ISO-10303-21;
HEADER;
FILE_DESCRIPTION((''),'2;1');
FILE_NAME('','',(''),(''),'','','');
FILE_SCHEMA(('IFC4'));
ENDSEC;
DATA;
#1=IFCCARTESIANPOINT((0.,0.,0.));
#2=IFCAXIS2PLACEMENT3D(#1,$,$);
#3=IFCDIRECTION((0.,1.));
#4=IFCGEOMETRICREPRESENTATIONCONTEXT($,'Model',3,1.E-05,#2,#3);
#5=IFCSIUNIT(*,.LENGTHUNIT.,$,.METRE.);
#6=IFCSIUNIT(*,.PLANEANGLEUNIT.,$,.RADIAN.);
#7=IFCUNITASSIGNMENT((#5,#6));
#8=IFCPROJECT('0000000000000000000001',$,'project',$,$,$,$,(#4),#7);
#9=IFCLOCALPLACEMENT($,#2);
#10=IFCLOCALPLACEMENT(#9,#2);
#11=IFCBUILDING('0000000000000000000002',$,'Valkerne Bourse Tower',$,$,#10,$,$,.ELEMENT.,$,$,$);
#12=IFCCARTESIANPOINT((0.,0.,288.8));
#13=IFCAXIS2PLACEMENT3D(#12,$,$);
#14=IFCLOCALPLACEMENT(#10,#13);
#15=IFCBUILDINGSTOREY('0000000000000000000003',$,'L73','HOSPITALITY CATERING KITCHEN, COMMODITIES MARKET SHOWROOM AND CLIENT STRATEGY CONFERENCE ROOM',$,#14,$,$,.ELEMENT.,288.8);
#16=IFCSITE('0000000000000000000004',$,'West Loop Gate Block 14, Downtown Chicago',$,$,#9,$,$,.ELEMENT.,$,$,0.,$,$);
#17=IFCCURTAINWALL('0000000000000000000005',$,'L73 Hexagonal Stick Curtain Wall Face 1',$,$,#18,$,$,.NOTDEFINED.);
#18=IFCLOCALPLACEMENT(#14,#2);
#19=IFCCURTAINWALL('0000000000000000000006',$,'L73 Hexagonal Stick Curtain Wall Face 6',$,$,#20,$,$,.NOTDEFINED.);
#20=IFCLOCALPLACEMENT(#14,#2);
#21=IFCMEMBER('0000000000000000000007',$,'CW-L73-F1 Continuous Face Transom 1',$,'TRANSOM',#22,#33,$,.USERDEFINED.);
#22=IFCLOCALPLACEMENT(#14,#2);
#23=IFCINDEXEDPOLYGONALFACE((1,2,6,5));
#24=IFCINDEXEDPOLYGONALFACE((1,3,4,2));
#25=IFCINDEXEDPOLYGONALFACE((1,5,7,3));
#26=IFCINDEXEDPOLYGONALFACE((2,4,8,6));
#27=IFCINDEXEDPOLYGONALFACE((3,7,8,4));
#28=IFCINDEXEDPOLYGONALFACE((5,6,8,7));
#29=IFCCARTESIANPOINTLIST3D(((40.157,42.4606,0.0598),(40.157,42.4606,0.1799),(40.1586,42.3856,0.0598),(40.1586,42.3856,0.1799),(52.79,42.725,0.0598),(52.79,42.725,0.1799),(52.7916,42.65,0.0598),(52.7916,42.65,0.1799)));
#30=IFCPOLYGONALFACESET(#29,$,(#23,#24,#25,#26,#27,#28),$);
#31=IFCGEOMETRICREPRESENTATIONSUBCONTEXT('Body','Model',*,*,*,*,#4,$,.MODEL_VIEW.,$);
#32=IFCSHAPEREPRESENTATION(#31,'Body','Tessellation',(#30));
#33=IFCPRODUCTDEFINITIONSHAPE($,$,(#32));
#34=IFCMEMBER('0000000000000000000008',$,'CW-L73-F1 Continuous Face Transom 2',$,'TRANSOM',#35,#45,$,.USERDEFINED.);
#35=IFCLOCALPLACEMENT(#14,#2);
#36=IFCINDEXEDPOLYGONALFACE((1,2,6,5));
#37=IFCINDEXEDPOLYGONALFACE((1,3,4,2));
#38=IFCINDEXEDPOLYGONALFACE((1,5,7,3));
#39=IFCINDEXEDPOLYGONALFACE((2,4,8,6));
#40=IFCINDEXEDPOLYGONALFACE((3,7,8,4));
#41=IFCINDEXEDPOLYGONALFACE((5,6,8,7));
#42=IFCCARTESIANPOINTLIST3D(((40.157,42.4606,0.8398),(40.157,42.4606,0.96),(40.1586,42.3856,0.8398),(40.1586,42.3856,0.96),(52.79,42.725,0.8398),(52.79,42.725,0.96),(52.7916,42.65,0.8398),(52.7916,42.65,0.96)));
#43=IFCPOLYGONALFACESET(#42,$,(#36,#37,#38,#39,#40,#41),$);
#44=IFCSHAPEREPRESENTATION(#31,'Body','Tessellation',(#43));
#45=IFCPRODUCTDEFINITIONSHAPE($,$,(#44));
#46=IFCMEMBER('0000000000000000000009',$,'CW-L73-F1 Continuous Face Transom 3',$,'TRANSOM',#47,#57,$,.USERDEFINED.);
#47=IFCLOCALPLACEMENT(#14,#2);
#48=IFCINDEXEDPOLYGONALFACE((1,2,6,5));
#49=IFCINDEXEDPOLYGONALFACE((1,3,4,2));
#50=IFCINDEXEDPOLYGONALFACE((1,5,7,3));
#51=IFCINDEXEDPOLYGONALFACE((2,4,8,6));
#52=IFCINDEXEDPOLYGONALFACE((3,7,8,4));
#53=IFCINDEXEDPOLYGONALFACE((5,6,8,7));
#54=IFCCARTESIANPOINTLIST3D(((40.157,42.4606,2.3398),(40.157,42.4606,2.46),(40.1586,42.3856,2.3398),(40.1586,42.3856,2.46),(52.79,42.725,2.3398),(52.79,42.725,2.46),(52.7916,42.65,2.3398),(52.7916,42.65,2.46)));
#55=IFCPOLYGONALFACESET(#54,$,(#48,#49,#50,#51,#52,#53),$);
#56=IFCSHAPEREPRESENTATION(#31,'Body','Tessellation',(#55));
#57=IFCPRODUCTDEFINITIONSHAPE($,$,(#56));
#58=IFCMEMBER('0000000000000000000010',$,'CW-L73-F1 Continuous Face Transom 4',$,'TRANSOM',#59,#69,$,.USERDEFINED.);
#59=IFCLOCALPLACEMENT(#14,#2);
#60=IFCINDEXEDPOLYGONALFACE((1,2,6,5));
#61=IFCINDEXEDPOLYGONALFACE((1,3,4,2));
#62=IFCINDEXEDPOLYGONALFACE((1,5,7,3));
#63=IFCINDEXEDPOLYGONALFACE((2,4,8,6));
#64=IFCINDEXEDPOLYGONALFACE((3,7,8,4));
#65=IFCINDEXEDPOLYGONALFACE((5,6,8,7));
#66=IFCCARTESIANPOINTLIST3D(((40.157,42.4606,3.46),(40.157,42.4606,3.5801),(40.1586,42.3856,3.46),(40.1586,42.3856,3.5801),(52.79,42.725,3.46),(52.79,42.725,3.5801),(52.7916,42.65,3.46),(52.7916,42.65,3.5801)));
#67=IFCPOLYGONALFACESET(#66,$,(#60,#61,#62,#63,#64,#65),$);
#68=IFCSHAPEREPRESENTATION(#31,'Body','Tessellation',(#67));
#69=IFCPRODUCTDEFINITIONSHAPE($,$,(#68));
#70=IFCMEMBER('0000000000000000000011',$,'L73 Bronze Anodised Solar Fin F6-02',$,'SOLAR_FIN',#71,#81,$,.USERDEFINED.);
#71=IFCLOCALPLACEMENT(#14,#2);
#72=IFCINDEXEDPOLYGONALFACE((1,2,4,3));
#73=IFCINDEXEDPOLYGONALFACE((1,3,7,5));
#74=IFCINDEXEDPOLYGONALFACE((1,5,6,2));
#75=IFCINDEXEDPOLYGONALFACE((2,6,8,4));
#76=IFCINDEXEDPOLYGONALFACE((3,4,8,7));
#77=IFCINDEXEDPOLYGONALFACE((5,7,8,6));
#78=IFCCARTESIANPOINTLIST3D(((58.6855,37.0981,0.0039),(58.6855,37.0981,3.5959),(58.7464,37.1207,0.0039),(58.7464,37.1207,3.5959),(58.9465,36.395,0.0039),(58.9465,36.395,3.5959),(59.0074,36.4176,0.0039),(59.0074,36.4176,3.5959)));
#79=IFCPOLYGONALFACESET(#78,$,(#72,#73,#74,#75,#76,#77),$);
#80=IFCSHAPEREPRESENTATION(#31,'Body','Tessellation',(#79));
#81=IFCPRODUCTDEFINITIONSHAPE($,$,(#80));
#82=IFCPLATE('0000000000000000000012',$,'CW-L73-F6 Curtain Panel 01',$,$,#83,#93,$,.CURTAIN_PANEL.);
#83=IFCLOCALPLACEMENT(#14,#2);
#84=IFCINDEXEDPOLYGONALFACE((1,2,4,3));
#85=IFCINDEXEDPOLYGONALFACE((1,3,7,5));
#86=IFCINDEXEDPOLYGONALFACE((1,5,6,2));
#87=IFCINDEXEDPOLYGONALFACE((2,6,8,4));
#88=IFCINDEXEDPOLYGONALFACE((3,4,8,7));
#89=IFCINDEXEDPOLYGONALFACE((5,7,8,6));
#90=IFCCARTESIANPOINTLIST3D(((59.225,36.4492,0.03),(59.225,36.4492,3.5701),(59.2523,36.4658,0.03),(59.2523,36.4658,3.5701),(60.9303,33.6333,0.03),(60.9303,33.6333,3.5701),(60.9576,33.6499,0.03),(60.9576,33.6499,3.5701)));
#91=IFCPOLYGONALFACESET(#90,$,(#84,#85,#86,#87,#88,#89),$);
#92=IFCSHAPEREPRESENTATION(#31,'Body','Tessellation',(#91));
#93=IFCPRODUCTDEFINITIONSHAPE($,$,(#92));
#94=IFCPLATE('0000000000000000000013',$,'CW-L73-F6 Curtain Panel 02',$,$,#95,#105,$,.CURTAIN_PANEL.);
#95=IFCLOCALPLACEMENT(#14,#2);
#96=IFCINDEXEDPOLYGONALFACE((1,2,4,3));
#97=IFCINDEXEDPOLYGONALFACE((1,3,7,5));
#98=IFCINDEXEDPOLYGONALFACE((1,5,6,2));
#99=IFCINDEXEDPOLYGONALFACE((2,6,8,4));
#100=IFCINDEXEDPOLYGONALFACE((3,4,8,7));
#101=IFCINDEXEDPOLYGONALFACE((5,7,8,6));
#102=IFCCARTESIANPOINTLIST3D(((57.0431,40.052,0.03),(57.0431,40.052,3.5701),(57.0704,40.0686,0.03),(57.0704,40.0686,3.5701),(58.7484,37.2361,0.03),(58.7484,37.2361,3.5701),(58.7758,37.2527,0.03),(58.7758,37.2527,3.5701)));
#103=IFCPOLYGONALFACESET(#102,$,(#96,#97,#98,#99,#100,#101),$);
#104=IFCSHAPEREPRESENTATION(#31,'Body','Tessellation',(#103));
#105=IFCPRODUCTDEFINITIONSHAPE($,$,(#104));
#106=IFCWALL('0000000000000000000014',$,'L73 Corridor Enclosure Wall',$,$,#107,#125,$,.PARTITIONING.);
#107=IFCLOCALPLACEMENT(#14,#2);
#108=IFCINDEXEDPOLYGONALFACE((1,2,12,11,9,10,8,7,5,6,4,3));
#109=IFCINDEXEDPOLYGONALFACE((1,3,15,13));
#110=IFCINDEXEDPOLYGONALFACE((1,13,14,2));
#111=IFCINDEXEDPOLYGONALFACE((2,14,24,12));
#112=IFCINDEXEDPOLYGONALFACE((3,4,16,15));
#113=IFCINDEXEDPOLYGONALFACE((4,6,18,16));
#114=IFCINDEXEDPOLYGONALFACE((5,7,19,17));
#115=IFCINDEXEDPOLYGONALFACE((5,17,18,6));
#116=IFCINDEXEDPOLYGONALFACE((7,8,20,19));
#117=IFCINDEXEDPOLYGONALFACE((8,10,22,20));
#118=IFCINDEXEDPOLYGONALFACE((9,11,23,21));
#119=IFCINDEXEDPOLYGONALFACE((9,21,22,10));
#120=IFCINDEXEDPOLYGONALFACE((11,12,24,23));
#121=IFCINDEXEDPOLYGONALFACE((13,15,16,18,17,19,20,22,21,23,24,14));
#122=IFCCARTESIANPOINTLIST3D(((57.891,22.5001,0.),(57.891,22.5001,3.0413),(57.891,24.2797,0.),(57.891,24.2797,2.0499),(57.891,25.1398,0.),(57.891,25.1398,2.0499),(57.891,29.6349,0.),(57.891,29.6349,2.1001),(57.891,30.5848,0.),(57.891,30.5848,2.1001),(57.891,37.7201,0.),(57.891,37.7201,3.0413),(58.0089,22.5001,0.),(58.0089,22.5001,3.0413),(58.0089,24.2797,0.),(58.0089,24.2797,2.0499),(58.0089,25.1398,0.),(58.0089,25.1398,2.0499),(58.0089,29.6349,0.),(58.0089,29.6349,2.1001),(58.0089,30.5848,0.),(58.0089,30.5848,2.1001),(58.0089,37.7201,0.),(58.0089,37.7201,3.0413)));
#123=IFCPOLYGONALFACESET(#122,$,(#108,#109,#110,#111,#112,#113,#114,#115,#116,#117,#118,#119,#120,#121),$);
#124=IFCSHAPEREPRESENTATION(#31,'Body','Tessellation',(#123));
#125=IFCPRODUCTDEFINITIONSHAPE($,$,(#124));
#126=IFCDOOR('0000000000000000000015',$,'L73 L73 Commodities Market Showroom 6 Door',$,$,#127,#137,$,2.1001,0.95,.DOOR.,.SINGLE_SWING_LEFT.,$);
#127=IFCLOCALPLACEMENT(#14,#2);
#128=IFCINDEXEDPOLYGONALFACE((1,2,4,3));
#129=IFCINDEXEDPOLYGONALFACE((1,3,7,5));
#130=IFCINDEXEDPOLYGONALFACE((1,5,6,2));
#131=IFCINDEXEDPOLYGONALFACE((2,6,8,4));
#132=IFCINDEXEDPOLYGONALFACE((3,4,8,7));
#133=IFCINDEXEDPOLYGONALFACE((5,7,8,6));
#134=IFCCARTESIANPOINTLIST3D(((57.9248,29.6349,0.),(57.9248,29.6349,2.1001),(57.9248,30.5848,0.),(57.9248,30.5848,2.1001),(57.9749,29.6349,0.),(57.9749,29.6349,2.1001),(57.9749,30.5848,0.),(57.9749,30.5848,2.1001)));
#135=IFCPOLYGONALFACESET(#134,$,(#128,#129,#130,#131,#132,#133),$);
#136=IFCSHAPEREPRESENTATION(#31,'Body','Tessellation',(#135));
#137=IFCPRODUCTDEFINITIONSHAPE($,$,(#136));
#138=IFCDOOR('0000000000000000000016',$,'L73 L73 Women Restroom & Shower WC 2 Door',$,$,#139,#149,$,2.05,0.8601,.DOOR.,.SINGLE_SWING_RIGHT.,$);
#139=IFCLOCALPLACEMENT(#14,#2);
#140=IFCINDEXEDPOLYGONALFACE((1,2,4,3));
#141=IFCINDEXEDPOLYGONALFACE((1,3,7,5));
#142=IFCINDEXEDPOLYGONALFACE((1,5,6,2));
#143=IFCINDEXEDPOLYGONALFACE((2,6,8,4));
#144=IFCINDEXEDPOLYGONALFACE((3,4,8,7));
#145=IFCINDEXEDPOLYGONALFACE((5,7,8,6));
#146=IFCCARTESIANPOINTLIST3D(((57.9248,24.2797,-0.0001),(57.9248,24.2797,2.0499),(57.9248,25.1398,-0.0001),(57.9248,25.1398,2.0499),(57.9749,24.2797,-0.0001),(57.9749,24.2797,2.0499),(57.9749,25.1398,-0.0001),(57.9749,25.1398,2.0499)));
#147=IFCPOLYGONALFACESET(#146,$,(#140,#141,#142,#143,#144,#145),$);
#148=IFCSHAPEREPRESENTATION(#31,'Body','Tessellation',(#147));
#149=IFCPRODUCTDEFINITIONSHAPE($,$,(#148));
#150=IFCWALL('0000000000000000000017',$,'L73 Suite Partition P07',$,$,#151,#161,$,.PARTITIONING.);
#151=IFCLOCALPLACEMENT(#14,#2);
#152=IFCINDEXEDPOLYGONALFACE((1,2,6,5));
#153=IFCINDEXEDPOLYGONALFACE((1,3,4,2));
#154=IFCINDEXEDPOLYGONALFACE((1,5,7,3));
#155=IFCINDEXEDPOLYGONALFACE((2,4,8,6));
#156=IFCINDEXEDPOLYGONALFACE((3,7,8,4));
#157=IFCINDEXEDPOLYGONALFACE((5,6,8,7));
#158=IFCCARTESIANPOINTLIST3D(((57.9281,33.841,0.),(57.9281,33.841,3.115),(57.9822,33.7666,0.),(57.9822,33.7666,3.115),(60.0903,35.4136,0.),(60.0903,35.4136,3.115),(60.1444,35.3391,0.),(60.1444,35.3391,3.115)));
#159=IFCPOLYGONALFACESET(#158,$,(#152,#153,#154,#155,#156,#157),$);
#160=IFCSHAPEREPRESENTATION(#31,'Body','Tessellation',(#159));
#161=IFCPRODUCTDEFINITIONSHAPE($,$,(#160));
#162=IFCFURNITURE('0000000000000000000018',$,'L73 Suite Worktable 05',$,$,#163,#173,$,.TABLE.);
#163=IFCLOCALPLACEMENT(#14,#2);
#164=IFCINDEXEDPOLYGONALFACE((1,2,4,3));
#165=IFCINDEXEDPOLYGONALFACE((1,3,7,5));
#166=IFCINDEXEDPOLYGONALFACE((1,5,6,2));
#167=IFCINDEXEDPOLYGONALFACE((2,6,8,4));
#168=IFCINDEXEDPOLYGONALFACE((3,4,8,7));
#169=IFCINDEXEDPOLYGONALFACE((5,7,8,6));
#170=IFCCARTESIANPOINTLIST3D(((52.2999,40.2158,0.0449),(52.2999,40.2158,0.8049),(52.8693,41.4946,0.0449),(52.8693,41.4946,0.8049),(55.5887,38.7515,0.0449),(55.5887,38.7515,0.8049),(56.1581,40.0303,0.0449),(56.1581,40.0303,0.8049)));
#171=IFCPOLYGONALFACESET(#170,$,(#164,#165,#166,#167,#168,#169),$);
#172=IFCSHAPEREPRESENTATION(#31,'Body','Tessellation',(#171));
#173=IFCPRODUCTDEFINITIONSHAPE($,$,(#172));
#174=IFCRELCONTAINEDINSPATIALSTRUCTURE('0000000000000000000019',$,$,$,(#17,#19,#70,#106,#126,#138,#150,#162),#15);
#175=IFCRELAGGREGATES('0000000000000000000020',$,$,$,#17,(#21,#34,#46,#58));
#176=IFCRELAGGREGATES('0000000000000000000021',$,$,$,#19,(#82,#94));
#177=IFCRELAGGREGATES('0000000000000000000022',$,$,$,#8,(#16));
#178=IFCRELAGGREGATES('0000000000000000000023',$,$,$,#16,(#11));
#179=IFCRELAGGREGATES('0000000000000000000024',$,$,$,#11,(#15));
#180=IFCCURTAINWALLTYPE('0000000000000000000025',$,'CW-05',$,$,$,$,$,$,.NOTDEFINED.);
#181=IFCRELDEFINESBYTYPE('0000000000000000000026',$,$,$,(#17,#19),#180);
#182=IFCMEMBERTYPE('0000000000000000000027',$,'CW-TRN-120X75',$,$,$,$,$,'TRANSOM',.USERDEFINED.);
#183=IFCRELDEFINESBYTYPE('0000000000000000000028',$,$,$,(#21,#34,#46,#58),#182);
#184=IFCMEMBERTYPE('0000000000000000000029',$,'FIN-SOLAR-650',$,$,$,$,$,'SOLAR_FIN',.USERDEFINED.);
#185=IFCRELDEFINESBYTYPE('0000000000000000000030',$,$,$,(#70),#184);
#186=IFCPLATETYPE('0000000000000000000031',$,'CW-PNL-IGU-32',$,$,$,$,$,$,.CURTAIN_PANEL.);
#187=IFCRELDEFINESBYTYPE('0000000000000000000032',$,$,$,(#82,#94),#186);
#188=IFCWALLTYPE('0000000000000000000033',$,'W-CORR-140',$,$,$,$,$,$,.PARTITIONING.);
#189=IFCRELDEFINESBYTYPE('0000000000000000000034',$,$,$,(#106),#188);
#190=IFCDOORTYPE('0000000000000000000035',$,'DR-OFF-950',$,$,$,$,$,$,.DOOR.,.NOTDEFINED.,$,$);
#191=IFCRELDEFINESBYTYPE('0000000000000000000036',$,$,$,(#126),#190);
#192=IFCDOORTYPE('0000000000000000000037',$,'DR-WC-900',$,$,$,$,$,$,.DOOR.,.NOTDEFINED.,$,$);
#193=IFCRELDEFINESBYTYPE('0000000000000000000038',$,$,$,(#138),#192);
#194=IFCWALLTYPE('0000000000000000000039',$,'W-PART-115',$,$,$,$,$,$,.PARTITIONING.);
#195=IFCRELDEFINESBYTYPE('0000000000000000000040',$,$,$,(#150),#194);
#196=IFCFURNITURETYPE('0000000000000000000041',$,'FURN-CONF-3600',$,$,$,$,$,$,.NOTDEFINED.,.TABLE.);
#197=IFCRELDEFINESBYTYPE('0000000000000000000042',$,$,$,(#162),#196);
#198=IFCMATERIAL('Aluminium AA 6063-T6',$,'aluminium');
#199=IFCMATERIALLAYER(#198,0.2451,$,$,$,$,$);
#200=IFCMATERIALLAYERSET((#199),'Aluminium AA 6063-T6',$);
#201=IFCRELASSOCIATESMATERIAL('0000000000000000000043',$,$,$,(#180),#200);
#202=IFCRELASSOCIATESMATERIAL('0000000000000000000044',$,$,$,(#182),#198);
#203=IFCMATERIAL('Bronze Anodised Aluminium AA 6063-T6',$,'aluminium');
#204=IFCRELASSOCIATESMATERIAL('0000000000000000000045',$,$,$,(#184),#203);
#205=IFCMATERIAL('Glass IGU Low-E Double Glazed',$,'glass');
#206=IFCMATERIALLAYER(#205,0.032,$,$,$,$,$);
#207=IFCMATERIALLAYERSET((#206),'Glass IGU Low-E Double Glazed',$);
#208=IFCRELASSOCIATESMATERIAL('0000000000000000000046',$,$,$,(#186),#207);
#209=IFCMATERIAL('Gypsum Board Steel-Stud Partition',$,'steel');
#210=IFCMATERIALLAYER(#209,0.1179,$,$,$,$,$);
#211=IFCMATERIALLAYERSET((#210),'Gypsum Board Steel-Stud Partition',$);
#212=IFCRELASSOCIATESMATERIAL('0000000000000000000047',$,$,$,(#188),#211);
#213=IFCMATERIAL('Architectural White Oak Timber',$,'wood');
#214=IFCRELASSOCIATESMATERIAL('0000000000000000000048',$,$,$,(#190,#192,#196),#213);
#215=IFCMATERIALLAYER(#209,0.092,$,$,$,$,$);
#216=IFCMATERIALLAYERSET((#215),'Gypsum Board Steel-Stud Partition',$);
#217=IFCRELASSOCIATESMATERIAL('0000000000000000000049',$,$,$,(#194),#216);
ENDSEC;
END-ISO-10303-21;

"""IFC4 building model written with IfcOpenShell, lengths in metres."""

from ifc_helpers import new_model, si_unit, direction, frame, frame_2d, origin, origin_2d, place, context, subcontext, project, spatial, rectangle, extrude, material, layer, layer_set, material_profile, profile_set, type_object, element, fill, aggregate, save


model = new_model("IFC4")

# Units and contexts
model_context = context("Model", 3, precision=1e-05, world=origin(), true_north=direction((0.0, 1.0)))
body_context = subcontext(model_context, "Body", "Model", "MODEL_VIEW")
ifc_project = project(units=[si_unit("LENGTHUNIT", "METRE"), si_unit("PLANEANGLEUNIT", "RADIAN")], contexts=[model_context])

# Site, building, storey
site_placement = place(None, origin())
site = spatial("IfcSite", under=ifc_project, at=site_placement, Name="West Loop Gate Block 14, Downtown Chicago", CompositionType="ELEMENT", RefElevation=0.0)
building_placement = place(site_placement, origin())
building = spatial("IfcBuilding", under=site, at=building_placement, Name="Valkerne Bourse Tower", CompositionType="ELEMENT")
storey_placement = place(building_placement, frame((0.0, 0.0, 288.8)))
storey = spatial("IfcBuildingStorey", under=building, at=storey_placement, Name="L73", Description="HOSPITALITY CATERING KITCHEN, COMMODITIES MARKET SHOWROOM AND CLIENT STRATEGY CONFERENCE ROOM", CompositionType="ELEMENT", Elevation=288.8)

# Curtain wall
ifc_material_1 = material(Name="Aluminium AA 6063-T6", Category="aluminium")
ifc_layer_1 = layer(ifc_material_1, 0.2451)
ifc_layer_set_1 = layer_set([ifc_layer_1], Name="Aluminium AA 6063-T6")
curtain_wall_type = type_object("IfcCurtainWallType", Name="CW-05", PredefinedType="NOTDEFINED", material=ifc_layer_set_1)
curtain_wall_1_placement = place(storey_placement, origin())
curtain_wall_1 = element("IfcCurtainWall", 1, at=curtain_wall_1_placement, inside=storey, type_object=curtain_wall_type, Name="L73 Hexagonal Stick Curtain Wall Face 1", PredefinedType="NOTDEFINED")

# Curtain wall
curtain_wall_2_placement = place(storey_placement, origin())
curtain_wall_2 = element("IfcCurtainWall", 2, at=curtain_wall_2_placement, inside=storey, type_object=curtain_wall_type, Name="L73 Hexagonal Stick Curtain Wall Face 6", PredefinedType="NOTDEFINED")

# Members
ifc_material_profile_1 = material_profile(ifc_material_1, rectangle(XDim=0.075, YDim=0.1201, at=origin_2d()), Name="CWT-75X120")
ifc_profile_set_1 = profile_set([ifc_material_profile_1], Name="Aluminium AA 6063-T6")
member_type_1 = type_object("IfcMemberType", Name="CW-TRN-120X75", ElementType="TRANSOM", PredefinedType="USERDEFINED", material=ifc_profile_set_1)
member_1_placement = place(storey_placement, frame((52.7908, 42.6875, 0.1199), z_axis=(-0.999781, -0.020925, 0.0), x_axis=(0.020925, -0.999781, 0.0)))
member_1 = element("IfcMember", 3, at=member_1_placement, type_object=member_type_1, Name="CW-L73-F1 Continuous Face Transom 1", ObjectType="TRANSOM", PredefinedType="USERDEFINED", context=body_context, shape_type="SweptSolid", body=[
    extrude(rectangle(XDim=0.075, YDim=0.1201, at=origin_2d()), origin(), (0.0, 0.0, 1.0), 12.6357),
])
member_2_placement = place(storey_placement, frame((52.7908, 42.6875, 0.8999), z_axis=(-0.999781, -0.020925, 0.0), x_axis=(0.020925, -0.999781, 0.0)))
member_2 = element("IfcMember", 4, at=member_2_placement, type_object=member_type_1, Name="CW-L73-F1 Continuous Face Transom 2", ObjectType="TRANSOM", PredefinedType="USERDEFINED", context=body_context, shape_type="SweptSolid", body=[
    extrude(rectangle(XDim=0.075, YDim=0.1201, at=origin_2d()), origin(), (0.0, 0.0, 1.0), 12.6357),
])
member_3_placement = place(storey_placement, frame((52.7908, 42.6875, 2.3999), z_axis=(-0.999781, -0.020925, 0.0), x_axis=(0.020925, -0.999781, 0.0)))
member_3 = element("IfcMember", 5, at=member_3_placement, type_object=member_type_1, Name="CW-L73-F1 Continuous Face Transom 3", ObjectType="TRANSOM", PredefinedType="USERDEFINED", context=body_context, shape_type="SweptSolid", body=[
    extrude(rectangle(XDim=0.075, YDim=0.1201, at=origin_2d()), origin(), (0.0, 0.0, 1.0), 12.6357),
])
member_4_placement = place(storey_placement, frame((52.7908, 42.6875, 3.52), z_axis=(-0.999781, -0.020925, 0.0), x_axis=(0.020925, -0.999781, 0.0)))
member_4 = element("IfcMember", 6, at=member_4_placement, type_object=member_type_1, Name="CW-L73-F1 Continuous Face Transom 4", ObjectType="TRANSOM", PredefinedType="USERDEFINED", context=body_context, shape_type="SweptSolid", body=[
    extrude(rectangle(XDim=0.075, YDim=0.1201, at=origin_2d()), origin(), (0.0, 0.0, 1.0), 12.6357),
])
aggregate(curtain_wall_1, [member_1, member_2, member_3, member_4])
ifc_material_2 = material(Name="Bronze Anodised Aluminium AA 6063-T6", Category="aluminium")
ifc_material_profile_2 = material_profile(ifc_material_2, rectangle(XDim=0.0649, YDim=0.75, at=origin_2d()), Name="FIN-65X750")
ifc_profile_set_2 = profile_set([ifc_material_profile_2], Name="Bronze Anodised Aluminium AA 6063-T6")
member_type_2 = type_object("IfcMemberType", Name="FIN-SOLAR-650", ElementType="SOLAR_FIN", PredefinedType="USERDEFINED", material=ifc_profile_set_2)
member_5_placement = place(storey_placement, frame((58.8464, 36.7578, 0.0039), z_axis=(0.0, 0.0, 1.0), x_axis=(0.937489, 0.348014, 0.0)))
element("IfcMember", 7, at=member_5_placement, inside=storey, type_object=member_type_2, Name="L73 Bronze Anodised Solar Fin F6-02", ObjectType="SOLAR_FIN", PredefinedType="USERDEFINED", context=body_context, shape_type="SweptSolid", body=[
    extrude(rectangle(XDim=0.0649, YDim=0.75, at=origin_2d()), origin(), (0.0, 0.0, 1.0), 3.592),
])

# Plates
ifc_material_3 = material(Name="Glass IGU Low-E Double Glazed", Category="glass")
ifc_layer_2 = layer(ifc_material_3, 0.032)
ifc_layer_set_2 = layer_set([ifc_layer_2], Name="Glass IGU Low-E Double Glazed")
plate_type = type_object("IfcPlateType", Name="CW-PNL-IGU-32", PredefinedType="CURTAIN_PANEL", material=ifc_layer_set_2)
plate_1_placement = place(storey_placement, frame((60.0913, 35.0496, 0.03), z_axis=(0.0, 0.0, 1.0), x_axis=(-0.518021, 0.855368, 0.0)))
plate_1 = element("IfcPlate", 8, at=plate_1_placement, type_object=plate_type, Name="CW-L73-F6 Curtain Panel 01", PredefinedType="CURTAIN_PANEL", context=body_context, shape_type="SweptSolid", body=[
    extrude(rectangle(XDim=3.292, YDim=0.032, at=origin_2d()), origin(), (0.0, 0.0, 1.0), 3.54),
])
plate_2_placement = place(storey_placement, frame((57.9094, 38.6523, 0.03), z_axis=(0.0, 0.0, 1.0), x_axis=(-0.518021, 0.855368, 0.0)))
plate_2 = element("IfcPlate", 9, at=plate_2_placement, type_object=plate_type, Name="CW-L73-F6 Curtain Panel 02", PredefinedType="CURTAIN_PANEL", context=body_context, shape_type="SweptSolid", body=[
    extrude(rectangle(XDim=3.292, YDim=0.032, at=origin_2d()), origin(), (0.0, 0.0, 1.0), 3.54),
])
aggregate(curtain_wall_2, [plate_1, plate_2])

# Wall, openings, doors
ifc_material_4 = material(Name="Gypsum Board Steel-Stud Partition", Category="steel")
ifc_layer_3 = layer(ifc_material_4, 0.1179)
ifc_layer_set_3 = layer_set([ifc_layer_3], Name="Gypsum Board Steel-Stud Partition")
wall_type_1 = type_object("IfcWallType", Name="W-CORR-140", PredefinedType="PARTITIONING", material=ifc_layer_set_3)
wall_1_placement = place(storey_placement, frame((57.95, 37.72, 0.0), z_axis=(0.0, 0.0, 1.0), x_axis=(0.0, -1.0, 0.0)))
wall_1 = element("IfcWall", 10, at=wall_1_placement, inside=storey, type_object=wall_type_1, Name="L73 Corridor Enclosure Wall", PredefinedType="PARTITIONING", context=body_context, shape_type="SweptSolid", body=[
    extrude(rectangle(XDim=15.22, YDim=0.1179, at=frame_2d((7.6099, 0.0))), origin(), (0.0, 0.0, 1.0), 3.0413),
])
opening_1_placement = place(wall_1_placement, frame((12.5801, 0.0, 0.0)))
opening_1 = element("IfcOpeningElement", 11, at=opening_1_placement, cuts=wall_1, PredefinedType="OPENING", context=body_context, shape_type="SweptSolid", body=[
    extrude(rectangle(XDim=0.8601, YDim=2.05, at=frame_2d((0.4302, 1.0249))), frame((0.0, 0.0688, 0.0), z_axis=(0.0, -1.0, 0.0), x_axis=(1.0, 0.0, 0.0)), (0.0, 0.0, 1.0), 0.1379),
])
opening_2_placement = place(wall_1_placement, frame((7.135, 0.0, 0.0)))
opening_2 = element("IfcOpeningElement", 12, at=opening_2_placement, cuts=wall_1, PredefinedType="OPENING", context=body_context, shape_type="SweptSolid", body=[
    extrude(rectangle(XDim=0.95, YDim=2.1001, at=frame_2d((0.4751, 1.05))), frame((0.0, 0.0688, 0.0), z_axis=(0.0, -1.0, 0.0), x_axis=(1.0, 0.0, 0.0)), (0.0, 0.0, 1.0), 0.1379),
])
ifc_material_5 = material(Name="Architectural White Oak Timber", Category="wood")
door_type_1 = type_object("IfcDoorType", Name="DR-OFF-950", OperationType="NOTDEFINED", PredefinedType="DOOR", material=ifc_material_5)
door_1_placement = place(opening_2_placement, origin())
door_1 = element("IfcDoor", 13, at=door_1_placement, inside=storey, type_object=door_type_1, Name="L73 L73 Commodities Market Showroom 6 Door", OperationType="SINGLE_SWING_LEFT", OverallHeight=2.1001, OverallWidth=0.95, PredefinedType="DOOR", context=body_context, shape_type="SweptSolid", body=[
    extrude(rectangle(XDim=0.95, YDim=2.1001, at=frame_2d((0.4751, 1.05))), frame((0.0, 0.0249, 0.0), z_axis=(0.0, -1.0, 0.0), x_axis=(1.0, 0.0, 0.0)), (0.0, 0.0, 1.0), 0.05),
])
fill(opening_2, door_1)
door_type_2 = type_object("IfcDoorType", Name="DR-WC-900", OperationType="NOTDEFINED", PredefinedType="DOOR", material=ifc_material_5)
door_2_placement = place(opening_1_placement, origin())
door_2 = element("IfcDoor", 14, at=door_2_placement, inside=storey, type_object=door_type_2, Name="L73 L73 Women Restroom & Shower WC 2 Door", OperationType="SINGLE_SWING_RIGHT", OverallHeight=2.05, OverallWidth=0.8601, PredefinedType="DOOR", context=body_context, shape_type="SweptSolid", body=[
    extrude(rectangle(XDim=0.8601, YDim=2.05, at=frame_2d((0.4302, 1.0249))), frame((0.0, 0.0249, 0.0), z_axis=(0.0, -1.0, 0.0), x_axis=(1.0, 0.0, 0.0)), (0.0, 0.0, 1.0), 0.05),
])
fill(opening_1, door_2)

# Wall
ifc_layer_4 = layer(ifc_material_4, 0.092)
ifc_layer_set_4 = layer_set([ifc_layer_4], Name="Gypsum Board Steel-Stud Partition")
wall_type_2 = type_object("IfcWallType", Name="W-PART-115", PredefinedType="PARTITIONING", material=ifc_layer_set_4)
wall_2_placement = place(storey_placement, frame((57.9551, 33.8037, 0.0), z_axis=(0.0, 0.0, 1.0), x_axis=(0.808724, 0.588188, 0.0)))
element("IfcWall", 15, at=wall_2_placement, inside=storey, type_object=wall_type_2, Name="L73 Suite Partition P07", PredefinedType="PARTITIONING", context=body_context, shape_type="SweptSolid", body=[
    extrude(rectangle(XDim=2.6736, YDim=0.092, at=frame_2d((1.3369, 0.0))), origin(), (0.0, 0.0, 1.0), 3.115),
])

# Furniture
furniture_type = type_object("IfcFurnitureType", Name="FURN-CONF-3600", AssemblyPlace="NOTDEFINED", PredefinedType="TABLE", material=ifc_material_5)
furniture_placement = place(storey_placement, frame((54.229, 40.123, 0.0449), z_axis=(0.0, 0.0, 1.0), x_axis=(-0.913545, 0.406737, 0.0)))
element("IfcFurniture", 16, at=furniture_placement, inside=storey, type_object=furniture_type, Name="L73 Suite Worktable 05", PredefinedType="TABLE", context=body_context, shape_type="SweptSolid", body=[
    extrude(rectangle(XDim=3.6001, YDim=1.3999, at=origin_2d()), origin(), (0.0, 0.0, 1.0), 0.76),
])

save(model, "model.ifc")
